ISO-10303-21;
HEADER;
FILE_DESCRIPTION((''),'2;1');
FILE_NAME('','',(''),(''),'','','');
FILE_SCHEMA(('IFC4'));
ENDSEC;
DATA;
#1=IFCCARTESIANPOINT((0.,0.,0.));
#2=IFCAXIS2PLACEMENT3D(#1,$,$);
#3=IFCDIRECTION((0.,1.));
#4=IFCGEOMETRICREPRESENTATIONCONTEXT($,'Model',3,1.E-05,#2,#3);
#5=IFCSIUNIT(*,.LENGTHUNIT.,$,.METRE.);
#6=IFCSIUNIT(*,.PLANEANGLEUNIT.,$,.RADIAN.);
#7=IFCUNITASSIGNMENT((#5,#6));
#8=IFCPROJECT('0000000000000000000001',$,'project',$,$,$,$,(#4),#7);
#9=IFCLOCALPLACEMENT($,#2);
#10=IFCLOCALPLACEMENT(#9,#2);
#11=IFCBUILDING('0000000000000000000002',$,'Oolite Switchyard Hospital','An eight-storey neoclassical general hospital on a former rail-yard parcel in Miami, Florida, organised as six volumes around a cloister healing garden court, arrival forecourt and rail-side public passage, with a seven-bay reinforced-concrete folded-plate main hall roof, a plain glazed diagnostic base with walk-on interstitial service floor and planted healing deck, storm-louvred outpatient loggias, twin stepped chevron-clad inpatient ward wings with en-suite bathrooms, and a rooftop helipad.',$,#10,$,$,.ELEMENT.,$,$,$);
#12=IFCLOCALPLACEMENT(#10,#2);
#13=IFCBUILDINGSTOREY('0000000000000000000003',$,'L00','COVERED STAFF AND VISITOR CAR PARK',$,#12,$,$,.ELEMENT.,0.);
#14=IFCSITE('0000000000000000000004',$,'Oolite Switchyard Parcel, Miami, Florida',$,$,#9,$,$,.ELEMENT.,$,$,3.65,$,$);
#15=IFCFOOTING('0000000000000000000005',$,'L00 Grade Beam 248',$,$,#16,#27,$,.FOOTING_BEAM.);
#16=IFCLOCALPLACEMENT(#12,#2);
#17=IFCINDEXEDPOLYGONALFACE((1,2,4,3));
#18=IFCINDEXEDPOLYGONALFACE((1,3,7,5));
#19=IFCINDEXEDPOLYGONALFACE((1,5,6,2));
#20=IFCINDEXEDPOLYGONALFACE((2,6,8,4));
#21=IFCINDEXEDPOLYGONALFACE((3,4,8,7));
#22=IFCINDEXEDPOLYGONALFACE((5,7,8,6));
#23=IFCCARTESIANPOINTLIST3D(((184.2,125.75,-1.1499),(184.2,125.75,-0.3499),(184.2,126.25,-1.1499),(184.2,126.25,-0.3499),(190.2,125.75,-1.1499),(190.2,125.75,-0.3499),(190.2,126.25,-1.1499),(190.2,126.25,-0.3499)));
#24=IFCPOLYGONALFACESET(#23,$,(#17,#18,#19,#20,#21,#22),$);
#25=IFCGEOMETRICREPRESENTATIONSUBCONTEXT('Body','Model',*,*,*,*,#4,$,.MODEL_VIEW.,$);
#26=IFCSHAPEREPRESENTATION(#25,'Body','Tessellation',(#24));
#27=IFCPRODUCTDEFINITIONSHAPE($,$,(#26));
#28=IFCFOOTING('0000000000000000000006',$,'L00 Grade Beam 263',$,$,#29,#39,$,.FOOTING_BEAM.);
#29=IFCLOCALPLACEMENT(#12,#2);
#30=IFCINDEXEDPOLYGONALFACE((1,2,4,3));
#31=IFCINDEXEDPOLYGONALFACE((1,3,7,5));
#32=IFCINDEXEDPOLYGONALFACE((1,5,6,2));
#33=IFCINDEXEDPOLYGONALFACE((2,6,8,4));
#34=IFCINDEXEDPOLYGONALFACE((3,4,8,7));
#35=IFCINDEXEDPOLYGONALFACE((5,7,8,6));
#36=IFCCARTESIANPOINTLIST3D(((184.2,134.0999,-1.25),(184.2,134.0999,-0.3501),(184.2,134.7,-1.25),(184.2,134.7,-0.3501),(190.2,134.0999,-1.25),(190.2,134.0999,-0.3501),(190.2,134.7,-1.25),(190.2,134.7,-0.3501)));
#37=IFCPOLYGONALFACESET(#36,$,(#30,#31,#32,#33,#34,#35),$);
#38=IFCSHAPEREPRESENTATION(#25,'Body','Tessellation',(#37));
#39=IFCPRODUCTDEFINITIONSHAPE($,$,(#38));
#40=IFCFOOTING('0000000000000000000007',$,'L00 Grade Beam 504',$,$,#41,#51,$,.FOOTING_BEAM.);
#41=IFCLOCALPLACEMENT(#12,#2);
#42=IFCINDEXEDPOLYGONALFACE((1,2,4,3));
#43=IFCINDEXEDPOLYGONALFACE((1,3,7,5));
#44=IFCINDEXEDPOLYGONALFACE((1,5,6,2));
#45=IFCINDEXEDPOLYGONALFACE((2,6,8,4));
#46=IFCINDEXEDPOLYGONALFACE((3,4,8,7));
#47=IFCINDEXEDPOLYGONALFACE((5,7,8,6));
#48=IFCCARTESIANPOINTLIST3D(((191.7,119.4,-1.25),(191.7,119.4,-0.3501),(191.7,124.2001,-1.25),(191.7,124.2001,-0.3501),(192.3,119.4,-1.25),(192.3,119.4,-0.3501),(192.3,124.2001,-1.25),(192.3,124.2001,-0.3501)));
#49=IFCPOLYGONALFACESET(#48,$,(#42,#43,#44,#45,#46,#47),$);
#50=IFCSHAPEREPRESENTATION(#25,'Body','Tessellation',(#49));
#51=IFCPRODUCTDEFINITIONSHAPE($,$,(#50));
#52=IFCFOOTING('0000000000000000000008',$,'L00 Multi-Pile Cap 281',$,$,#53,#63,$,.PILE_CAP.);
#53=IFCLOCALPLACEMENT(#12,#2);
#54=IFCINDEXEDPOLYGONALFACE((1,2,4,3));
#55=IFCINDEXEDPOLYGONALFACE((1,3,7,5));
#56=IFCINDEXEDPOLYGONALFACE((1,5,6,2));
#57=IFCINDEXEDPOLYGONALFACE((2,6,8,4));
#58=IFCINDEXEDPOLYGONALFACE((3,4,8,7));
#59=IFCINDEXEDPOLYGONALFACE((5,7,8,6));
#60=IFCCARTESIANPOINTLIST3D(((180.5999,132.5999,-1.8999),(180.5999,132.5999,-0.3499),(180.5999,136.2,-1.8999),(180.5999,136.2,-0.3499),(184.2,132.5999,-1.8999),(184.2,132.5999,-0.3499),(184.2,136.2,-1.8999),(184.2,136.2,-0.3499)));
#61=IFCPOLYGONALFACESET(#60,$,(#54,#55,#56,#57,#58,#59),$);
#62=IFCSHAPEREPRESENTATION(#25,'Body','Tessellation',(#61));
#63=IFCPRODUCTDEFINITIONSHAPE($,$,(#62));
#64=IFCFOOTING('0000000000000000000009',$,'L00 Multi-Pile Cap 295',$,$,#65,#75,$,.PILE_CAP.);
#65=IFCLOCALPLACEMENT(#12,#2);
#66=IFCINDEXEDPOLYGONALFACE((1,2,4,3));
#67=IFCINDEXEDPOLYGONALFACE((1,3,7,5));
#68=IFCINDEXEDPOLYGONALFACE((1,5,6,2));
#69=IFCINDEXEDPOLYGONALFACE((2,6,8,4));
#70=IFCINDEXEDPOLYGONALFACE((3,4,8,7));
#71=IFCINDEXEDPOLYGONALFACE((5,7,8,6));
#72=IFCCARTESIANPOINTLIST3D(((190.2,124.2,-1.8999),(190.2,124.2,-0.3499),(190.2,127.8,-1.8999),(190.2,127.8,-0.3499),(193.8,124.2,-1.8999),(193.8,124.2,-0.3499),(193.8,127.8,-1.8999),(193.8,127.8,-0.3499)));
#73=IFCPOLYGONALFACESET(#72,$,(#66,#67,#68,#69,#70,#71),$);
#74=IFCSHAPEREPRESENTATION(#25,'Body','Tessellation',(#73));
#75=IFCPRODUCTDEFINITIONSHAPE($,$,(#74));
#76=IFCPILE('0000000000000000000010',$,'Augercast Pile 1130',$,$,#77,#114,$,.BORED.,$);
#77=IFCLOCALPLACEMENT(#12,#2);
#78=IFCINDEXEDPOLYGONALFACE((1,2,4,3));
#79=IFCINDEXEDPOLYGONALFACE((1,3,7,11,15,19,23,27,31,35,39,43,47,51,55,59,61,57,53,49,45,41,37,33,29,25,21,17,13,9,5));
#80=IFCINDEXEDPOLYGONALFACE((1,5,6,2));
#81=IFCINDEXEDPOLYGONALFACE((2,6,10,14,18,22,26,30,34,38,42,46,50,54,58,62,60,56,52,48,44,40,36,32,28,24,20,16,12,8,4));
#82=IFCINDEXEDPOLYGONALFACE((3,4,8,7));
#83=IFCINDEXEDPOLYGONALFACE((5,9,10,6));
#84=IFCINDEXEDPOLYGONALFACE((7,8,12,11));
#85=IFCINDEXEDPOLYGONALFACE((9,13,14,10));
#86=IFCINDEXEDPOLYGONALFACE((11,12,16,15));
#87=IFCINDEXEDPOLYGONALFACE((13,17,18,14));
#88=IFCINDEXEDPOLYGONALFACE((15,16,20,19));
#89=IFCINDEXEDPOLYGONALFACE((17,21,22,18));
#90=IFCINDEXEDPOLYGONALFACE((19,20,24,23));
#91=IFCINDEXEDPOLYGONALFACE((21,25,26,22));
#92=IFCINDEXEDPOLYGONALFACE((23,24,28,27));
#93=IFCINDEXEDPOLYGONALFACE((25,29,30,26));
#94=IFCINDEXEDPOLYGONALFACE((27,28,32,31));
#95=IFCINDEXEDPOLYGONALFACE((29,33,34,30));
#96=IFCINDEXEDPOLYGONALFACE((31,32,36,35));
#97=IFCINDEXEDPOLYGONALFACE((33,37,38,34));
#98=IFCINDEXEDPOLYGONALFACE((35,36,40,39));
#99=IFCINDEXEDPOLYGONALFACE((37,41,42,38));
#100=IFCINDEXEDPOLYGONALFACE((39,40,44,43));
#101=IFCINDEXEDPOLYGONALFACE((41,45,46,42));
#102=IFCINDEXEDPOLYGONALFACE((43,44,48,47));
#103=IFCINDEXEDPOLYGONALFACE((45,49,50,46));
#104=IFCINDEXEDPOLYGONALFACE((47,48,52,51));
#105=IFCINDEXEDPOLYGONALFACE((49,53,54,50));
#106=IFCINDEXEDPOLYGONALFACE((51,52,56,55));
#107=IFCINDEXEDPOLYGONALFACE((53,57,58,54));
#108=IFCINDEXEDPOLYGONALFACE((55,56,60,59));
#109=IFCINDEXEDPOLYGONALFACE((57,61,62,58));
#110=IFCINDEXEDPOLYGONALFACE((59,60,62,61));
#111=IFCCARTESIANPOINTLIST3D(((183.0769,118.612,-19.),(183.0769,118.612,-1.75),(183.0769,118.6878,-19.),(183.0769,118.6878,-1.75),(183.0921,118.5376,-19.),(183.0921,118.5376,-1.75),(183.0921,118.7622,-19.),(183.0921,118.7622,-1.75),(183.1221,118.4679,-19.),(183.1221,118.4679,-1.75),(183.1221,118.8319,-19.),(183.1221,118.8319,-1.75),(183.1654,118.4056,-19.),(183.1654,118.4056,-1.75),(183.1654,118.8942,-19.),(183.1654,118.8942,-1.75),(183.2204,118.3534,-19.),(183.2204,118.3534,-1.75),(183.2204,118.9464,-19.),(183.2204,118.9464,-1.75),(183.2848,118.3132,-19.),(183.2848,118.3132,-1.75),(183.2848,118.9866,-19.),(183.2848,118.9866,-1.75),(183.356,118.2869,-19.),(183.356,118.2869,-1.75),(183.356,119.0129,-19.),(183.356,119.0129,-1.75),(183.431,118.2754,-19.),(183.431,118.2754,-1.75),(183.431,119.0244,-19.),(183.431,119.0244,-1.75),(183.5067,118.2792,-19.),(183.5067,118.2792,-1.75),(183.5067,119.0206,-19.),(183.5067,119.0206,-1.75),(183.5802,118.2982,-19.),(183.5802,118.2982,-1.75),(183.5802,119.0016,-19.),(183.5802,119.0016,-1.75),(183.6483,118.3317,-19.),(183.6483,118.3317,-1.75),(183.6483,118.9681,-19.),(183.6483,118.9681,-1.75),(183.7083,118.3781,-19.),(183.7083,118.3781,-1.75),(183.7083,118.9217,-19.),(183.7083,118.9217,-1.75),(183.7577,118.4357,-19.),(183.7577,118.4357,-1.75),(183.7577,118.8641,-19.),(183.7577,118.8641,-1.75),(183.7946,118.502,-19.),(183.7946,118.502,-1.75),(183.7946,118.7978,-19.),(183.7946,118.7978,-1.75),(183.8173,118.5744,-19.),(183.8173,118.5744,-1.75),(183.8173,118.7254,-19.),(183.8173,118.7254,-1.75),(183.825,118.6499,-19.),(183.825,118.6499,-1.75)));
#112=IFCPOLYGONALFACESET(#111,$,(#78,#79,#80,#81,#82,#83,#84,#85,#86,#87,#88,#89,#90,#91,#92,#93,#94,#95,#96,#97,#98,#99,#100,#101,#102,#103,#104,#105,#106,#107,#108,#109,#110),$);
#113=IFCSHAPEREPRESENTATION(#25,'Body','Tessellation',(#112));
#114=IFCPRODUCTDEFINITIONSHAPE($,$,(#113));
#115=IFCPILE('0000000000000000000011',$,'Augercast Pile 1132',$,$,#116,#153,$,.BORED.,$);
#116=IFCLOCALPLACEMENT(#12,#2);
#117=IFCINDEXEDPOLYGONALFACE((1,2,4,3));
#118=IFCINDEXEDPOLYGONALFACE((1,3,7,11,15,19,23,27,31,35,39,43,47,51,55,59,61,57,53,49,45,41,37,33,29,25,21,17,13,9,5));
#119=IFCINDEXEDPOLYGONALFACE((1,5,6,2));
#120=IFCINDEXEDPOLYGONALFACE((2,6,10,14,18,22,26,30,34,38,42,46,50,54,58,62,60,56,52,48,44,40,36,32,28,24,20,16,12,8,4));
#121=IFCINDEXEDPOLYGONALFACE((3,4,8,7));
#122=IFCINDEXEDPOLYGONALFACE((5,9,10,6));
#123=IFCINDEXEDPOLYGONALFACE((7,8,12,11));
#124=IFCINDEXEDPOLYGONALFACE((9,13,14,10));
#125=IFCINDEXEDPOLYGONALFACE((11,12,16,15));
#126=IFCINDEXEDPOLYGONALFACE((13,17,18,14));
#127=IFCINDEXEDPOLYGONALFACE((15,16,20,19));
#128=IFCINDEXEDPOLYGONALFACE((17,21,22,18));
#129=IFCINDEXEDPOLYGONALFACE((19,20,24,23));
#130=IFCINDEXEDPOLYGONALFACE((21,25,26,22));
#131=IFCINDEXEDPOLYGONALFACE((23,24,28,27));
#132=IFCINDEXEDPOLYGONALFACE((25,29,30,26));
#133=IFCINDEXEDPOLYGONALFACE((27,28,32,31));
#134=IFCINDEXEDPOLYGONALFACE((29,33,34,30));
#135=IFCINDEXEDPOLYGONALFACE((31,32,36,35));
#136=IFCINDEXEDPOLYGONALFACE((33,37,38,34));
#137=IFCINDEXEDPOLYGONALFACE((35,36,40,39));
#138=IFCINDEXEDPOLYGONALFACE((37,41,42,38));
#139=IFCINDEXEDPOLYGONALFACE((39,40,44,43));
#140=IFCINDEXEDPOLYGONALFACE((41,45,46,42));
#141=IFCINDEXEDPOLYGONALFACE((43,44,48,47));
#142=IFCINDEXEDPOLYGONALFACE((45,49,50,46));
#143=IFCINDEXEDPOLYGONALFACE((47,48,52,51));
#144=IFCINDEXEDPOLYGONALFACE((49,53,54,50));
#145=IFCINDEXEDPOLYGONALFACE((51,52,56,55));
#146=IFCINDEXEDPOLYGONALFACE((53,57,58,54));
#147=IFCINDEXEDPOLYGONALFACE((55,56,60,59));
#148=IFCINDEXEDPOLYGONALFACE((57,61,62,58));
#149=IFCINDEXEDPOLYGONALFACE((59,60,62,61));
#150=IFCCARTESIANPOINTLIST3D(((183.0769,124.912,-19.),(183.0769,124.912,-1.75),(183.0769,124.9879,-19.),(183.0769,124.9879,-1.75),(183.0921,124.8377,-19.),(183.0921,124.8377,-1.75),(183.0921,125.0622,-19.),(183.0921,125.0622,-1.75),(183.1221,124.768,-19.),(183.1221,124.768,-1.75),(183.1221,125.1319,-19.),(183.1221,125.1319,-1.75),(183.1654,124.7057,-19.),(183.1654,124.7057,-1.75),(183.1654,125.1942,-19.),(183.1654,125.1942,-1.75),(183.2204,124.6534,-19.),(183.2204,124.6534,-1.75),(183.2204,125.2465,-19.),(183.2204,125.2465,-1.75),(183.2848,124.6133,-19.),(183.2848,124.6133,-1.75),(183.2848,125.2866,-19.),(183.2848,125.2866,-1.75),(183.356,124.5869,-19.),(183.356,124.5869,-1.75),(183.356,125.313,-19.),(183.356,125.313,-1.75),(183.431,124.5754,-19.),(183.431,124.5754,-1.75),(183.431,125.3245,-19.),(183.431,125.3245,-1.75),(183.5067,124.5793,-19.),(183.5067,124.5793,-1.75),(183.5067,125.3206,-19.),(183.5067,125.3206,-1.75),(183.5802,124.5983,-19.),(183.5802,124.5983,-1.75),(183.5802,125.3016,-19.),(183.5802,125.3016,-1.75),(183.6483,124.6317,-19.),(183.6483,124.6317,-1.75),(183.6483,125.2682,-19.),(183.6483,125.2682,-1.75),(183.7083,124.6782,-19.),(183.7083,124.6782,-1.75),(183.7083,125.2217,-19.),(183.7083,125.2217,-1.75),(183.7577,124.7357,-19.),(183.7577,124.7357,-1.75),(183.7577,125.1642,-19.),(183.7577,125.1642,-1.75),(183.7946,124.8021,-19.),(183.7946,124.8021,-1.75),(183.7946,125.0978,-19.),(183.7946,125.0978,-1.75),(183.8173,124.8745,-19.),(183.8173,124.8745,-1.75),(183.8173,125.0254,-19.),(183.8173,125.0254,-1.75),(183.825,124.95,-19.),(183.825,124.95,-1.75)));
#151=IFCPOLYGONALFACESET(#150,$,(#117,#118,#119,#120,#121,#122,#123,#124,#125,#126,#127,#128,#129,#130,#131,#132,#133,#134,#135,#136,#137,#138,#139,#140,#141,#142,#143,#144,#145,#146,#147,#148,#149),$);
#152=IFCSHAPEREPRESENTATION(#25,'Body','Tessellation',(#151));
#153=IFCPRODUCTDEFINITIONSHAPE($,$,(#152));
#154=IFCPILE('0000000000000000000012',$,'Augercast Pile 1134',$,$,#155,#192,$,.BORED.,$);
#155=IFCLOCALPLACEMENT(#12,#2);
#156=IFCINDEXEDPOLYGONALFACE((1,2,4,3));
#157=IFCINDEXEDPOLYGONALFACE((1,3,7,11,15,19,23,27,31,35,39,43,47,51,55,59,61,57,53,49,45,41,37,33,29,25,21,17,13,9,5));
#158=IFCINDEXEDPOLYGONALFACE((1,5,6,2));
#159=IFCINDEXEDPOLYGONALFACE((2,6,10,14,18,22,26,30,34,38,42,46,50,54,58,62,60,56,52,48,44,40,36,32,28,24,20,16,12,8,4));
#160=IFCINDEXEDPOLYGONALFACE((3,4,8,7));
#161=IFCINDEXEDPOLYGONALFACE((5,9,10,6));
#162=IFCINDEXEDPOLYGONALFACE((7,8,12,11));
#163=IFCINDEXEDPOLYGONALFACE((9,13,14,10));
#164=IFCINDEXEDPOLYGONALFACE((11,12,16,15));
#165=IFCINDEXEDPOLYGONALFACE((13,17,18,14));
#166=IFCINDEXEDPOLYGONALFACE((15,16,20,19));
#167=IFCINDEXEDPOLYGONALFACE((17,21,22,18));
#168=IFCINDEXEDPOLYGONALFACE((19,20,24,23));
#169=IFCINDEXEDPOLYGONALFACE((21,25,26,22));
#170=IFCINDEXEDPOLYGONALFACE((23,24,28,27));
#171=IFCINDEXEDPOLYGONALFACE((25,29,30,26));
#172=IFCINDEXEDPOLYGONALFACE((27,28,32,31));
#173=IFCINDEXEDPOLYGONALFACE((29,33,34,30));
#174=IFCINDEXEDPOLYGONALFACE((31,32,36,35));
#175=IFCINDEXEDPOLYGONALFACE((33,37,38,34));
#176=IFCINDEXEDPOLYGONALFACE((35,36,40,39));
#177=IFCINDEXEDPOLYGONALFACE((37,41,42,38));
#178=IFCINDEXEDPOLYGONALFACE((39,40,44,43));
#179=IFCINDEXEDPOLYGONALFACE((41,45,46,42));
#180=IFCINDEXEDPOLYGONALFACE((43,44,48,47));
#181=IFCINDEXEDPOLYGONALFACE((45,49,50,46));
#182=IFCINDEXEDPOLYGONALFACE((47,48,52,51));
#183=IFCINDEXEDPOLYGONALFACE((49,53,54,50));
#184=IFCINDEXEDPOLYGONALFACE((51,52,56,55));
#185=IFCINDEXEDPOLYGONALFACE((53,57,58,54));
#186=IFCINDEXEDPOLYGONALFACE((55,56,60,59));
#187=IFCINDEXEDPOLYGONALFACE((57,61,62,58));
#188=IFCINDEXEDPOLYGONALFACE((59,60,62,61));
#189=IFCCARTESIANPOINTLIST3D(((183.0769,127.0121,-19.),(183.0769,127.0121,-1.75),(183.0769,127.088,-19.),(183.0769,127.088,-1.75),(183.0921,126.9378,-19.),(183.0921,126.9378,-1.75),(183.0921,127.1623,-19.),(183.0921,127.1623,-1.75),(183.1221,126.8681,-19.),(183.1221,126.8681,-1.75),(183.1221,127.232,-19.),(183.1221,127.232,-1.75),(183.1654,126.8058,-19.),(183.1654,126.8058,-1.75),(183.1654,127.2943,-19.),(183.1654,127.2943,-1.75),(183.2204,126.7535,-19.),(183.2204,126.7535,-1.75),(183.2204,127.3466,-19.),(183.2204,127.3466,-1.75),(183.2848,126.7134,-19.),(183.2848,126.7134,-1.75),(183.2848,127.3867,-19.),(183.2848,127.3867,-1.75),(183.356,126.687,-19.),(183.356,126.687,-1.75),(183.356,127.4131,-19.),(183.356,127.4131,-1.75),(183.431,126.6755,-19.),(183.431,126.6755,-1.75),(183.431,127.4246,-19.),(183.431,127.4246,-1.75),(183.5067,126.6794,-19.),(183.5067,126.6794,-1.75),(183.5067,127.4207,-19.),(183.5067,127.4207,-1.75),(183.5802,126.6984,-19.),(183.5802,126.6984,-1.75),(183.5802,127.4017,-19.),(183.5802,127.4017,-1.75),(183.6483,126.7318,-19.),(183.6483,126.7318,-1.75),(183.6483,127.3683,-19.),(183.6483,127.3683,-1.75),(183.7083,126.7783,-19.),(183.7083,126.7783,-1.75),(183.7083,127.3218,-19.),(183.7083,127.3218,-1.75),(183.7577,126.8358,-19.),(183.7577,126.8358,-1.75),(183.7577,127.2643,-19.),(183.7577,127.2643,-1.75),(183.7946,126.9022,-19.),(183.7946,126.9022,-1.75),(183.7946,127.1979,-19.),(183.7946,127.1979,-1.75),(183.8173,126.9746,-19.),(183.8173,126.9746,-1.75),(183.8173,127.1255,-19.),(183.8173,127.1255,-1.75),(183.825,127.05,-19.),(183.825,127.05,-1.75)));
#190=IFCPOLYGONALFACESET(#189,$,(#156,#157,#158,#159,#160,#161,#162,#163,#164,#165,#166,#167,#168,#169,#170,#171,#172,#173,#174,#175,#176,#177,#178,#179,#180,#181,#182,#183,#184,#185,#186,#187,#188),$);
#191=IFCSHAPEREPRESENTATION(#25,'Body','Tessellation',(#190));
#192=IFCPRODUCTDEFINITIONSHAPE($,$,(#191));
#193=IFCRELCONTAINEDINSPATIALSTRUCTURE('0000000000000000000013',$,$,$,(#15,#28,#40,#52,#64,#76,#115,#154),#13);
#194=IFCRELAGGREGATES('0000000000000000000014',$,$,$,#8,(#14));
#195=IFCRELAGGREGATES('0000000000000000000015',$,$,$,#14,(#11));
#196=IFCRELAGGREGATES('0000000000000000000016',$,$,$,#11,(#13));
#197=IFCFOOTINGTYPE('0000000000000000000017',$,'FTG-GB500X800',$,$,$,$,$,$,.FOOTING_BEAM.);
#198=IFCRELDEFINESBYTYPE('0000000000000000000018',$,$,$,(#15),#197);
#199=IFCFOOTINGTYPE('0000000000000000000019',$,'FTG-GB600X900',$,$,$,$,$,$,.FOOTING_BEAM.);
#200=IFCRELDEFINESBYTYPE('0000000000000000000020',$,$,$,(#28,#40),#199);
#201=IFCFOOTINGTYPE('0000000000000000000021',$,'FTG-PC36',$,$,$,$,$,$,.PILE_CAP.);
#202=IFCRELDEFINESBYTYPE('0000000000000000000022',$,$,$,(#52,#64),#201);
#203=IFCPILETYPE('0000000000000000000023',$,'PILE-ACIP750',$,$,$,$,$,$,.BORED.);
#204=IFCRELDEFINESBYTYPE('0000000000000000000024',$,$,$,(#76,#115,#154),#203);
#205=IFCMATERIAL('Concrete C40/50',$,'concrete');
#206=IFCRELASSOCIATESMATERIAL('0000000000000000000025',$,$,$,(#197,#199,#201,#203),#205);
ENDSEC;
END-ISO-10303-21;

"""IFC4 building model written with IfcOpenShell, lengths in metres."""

from ifc_helpers import new_model, si_unit, direction, frame, origin, origin_2d, place, context, subcontext, project, spatial, rectangle, circle, extrude, material, material_profile, profile_set, type_object, element, save


model = new_model("IFC4")

# Units and contexts
model_context = context("Model", 3, precision=1e-05, world=origin(), true_north=direction((0.0, 1.0)))
body_context = subcontext(model_context, "Body", "Model", "MODEL_VIEW")
ifc_project = project(units=[si_unit("LENGTHUNIT", "METRE"), si_unit("PLANEANGLEUNIT", "RADIAN")], contexts=[model_context])

# Site, building, storey
site_placement = place(None, origin())
site = spatial("IfcSite", under=ifc_project, at=site_placement, Name="Oolite Switchyard Parcel, Miami, Florida", CompositionType="ELEMENT", RefElevation=3.65)
building_placement = place(site_placement, origin())
building = spatial("IfcBuilding", under=site, at=building_placement, Name="Oolite Switchyard Hospital", Description="An eight-storey neoclassical general hospital on a former rail-yard parcel in Miami, Florida, organised as six volumes around a cloister healing garden court, arrival forecourt and rail-side public passage, with a seven-bay reinforced-concrete folded-plate main hall roof, a plain glazed diagnostic base with walk-on interstitial service floor and planted healing deck, storm-louvred outpatient loggias, twin stepped chevron-clad inpatient ward wings with en-suite bathrooms, and a rooftop helipad.", CompositionType="ELEMENT")
storey_placement = place(building_placement, origin())
storey = spatial("IfcBuildingStorey", under=building, at=storey_placement, Name="L00", Description="COVERED STAFF AND VISITOR CAR PARK", CompositionType="ELEMENT", Elevation=0.0)

# Footings
ifc_material_1 = material(Name="Concrete C40/50", Category="concrete")
footing_type_1 = type_object("IfcFootingType", Name="FTG-GB500X800", PredefinedType="FOOTING_BEAM", material=ifc_material_1)
footing_1_placement = place(storey_placement, frame((187.2, 126.0, -1.1499), z_axis=(0.0, 0.0, 1.0), x_axis=(1.0, 0.0, 0.0)))
element("IfcFooting", 1, at=footing_1_placement, inside=storey, type_object=footing_type_1, Name="L00 Grade Beam 248", PredefinedType="FOOTING_BEAM", context=body_context, shape_type="SweptSolid", body=[
    extrude(rectangle(XDim=6.0, YDim=0.5, at=origin_2d()), origin(), (0.0, 0.0, 1.0), 0.8),
])
footing_type_2 = type_object("IfcFootingType", Name="FTG-GB600X900", PredefinedType="FOOTING_BEAM", material=ifc_material_1)
footing_2_placement = place(storey_placement, frame((187.2, 134.3999, -1.25), z_axis=(0.0, 0.0, 1.0), x_axis=(1.0, 0.0, 0.0)))
element("IfcFooting", 2, at=footing_2_placement, inside=storey, type_object=footing_type_2, Name="L00 Grade Beam 263", PredefinedType="FOOTING_BEAM", context=body_context, shape_type="SweptSolid", body=[
    extrude(rectangle(XDim=6.0, YDim=0.6001, at=origin_2d()), origin(), (0.0, 0.0, 1.0), 0.8999),
])
footing_3_placement = place(storey_placement, frame((192.0, 121.8, -1.25), z_axis=(0.0, 0.0, 1.0), x_axis=(0.0, 1.0, 0.0)))
element("IfcFooting", 3, at=footing_3_placement, inside=storey, type_object=footing_type_2, Name="L00 Grade Beam 504", PredefinedType="FOOTING_BEAM", context=body_context, shape_type="SweptSolid", body=[
    extrude(rectangle(XDim=4.8, YDim=0.6001, at=origin_2d()), origin(), (0.0, 0.0, 1.0), 0.8999),
])
footing_type_3 = type_object("IfcFootingType", Name="FTG-PC36", PredefinedType="PILE_CAP", material=ifc_material_1)
for number, where, z_axis, x_axis, name in (
    (4, (182.3999, 134.3999, -1.8999), (0.0, 0.0, 1.0), (1.0, 0.0, 0.0), "L00 Multi-Pile Cap 281"),
    (5, (192.0, 126.0, -1.8999), (0.0, 0.0, 1.0), (1.0, 0.0, 0.0), "L00 Multi-Pile Cap 295"),
):
    element("IfcFooting", number, at=place(storey_placement, frame(where, z_axis=z_axis, x_axis=x_axis)), inside=storey, type_object=footing_type_3, Name=name, PredefinedType="PILE_CAP", context=body_context, shape_type="SweptSolid", body=[
        extrude(rectangle(XDim=3.6001, YDim=3.6001, at=origin_2d()), origin(), (0.0, 0.0, 1.0), 1.55),
    ])

# Piles
ifc_material_profile_1 = material_profile(ifc_material_1, circle(Radius=0.375, at=origin_2d()), Name="PILE750")
ifc_profile_set_1 = profile_set([ifc_material_profile_1], Name="Concrete C40/50")
pile_type = type_object("IfcPileType", Name="PILE-ACIP750", PredefinedType="BORED", material=ifc_profile_set_1)
for number, where, z_axis, x_axis, name in (
    (6, (183.45, 118.6499, -1.75), (0.0, 0.0, -1.0), (1.0, 0.0, 0.0), "Augercast Pile 1130"),
    (7, (183.45, 124.95, -1.75), (0.0, 0.0, -1.0), (1.0, 0.0, 0.0), "Augercast Pile 1132"),
    (8, (183.45, 127.05, -1.75), (0.0, 0.0, -1.0), (1.0, 0.0, 0.0), "Augercast Pile 1134"),
):
    element("IfcPile", number, at=place(storey_placement, frame(where, z_axis=z_axis, x_axis=x_axis)), inside=storey, type_object=pile_type, Name=name, PredefinedType="BORED", context=body_context, shape_type="SweptSolid", body=[
        extrude(circle(Radius=0.375, at=origin_2d()), origin(), (0.0, 0.0, 1.0), 17.25),
    ])

save(model, "model.ifc")
